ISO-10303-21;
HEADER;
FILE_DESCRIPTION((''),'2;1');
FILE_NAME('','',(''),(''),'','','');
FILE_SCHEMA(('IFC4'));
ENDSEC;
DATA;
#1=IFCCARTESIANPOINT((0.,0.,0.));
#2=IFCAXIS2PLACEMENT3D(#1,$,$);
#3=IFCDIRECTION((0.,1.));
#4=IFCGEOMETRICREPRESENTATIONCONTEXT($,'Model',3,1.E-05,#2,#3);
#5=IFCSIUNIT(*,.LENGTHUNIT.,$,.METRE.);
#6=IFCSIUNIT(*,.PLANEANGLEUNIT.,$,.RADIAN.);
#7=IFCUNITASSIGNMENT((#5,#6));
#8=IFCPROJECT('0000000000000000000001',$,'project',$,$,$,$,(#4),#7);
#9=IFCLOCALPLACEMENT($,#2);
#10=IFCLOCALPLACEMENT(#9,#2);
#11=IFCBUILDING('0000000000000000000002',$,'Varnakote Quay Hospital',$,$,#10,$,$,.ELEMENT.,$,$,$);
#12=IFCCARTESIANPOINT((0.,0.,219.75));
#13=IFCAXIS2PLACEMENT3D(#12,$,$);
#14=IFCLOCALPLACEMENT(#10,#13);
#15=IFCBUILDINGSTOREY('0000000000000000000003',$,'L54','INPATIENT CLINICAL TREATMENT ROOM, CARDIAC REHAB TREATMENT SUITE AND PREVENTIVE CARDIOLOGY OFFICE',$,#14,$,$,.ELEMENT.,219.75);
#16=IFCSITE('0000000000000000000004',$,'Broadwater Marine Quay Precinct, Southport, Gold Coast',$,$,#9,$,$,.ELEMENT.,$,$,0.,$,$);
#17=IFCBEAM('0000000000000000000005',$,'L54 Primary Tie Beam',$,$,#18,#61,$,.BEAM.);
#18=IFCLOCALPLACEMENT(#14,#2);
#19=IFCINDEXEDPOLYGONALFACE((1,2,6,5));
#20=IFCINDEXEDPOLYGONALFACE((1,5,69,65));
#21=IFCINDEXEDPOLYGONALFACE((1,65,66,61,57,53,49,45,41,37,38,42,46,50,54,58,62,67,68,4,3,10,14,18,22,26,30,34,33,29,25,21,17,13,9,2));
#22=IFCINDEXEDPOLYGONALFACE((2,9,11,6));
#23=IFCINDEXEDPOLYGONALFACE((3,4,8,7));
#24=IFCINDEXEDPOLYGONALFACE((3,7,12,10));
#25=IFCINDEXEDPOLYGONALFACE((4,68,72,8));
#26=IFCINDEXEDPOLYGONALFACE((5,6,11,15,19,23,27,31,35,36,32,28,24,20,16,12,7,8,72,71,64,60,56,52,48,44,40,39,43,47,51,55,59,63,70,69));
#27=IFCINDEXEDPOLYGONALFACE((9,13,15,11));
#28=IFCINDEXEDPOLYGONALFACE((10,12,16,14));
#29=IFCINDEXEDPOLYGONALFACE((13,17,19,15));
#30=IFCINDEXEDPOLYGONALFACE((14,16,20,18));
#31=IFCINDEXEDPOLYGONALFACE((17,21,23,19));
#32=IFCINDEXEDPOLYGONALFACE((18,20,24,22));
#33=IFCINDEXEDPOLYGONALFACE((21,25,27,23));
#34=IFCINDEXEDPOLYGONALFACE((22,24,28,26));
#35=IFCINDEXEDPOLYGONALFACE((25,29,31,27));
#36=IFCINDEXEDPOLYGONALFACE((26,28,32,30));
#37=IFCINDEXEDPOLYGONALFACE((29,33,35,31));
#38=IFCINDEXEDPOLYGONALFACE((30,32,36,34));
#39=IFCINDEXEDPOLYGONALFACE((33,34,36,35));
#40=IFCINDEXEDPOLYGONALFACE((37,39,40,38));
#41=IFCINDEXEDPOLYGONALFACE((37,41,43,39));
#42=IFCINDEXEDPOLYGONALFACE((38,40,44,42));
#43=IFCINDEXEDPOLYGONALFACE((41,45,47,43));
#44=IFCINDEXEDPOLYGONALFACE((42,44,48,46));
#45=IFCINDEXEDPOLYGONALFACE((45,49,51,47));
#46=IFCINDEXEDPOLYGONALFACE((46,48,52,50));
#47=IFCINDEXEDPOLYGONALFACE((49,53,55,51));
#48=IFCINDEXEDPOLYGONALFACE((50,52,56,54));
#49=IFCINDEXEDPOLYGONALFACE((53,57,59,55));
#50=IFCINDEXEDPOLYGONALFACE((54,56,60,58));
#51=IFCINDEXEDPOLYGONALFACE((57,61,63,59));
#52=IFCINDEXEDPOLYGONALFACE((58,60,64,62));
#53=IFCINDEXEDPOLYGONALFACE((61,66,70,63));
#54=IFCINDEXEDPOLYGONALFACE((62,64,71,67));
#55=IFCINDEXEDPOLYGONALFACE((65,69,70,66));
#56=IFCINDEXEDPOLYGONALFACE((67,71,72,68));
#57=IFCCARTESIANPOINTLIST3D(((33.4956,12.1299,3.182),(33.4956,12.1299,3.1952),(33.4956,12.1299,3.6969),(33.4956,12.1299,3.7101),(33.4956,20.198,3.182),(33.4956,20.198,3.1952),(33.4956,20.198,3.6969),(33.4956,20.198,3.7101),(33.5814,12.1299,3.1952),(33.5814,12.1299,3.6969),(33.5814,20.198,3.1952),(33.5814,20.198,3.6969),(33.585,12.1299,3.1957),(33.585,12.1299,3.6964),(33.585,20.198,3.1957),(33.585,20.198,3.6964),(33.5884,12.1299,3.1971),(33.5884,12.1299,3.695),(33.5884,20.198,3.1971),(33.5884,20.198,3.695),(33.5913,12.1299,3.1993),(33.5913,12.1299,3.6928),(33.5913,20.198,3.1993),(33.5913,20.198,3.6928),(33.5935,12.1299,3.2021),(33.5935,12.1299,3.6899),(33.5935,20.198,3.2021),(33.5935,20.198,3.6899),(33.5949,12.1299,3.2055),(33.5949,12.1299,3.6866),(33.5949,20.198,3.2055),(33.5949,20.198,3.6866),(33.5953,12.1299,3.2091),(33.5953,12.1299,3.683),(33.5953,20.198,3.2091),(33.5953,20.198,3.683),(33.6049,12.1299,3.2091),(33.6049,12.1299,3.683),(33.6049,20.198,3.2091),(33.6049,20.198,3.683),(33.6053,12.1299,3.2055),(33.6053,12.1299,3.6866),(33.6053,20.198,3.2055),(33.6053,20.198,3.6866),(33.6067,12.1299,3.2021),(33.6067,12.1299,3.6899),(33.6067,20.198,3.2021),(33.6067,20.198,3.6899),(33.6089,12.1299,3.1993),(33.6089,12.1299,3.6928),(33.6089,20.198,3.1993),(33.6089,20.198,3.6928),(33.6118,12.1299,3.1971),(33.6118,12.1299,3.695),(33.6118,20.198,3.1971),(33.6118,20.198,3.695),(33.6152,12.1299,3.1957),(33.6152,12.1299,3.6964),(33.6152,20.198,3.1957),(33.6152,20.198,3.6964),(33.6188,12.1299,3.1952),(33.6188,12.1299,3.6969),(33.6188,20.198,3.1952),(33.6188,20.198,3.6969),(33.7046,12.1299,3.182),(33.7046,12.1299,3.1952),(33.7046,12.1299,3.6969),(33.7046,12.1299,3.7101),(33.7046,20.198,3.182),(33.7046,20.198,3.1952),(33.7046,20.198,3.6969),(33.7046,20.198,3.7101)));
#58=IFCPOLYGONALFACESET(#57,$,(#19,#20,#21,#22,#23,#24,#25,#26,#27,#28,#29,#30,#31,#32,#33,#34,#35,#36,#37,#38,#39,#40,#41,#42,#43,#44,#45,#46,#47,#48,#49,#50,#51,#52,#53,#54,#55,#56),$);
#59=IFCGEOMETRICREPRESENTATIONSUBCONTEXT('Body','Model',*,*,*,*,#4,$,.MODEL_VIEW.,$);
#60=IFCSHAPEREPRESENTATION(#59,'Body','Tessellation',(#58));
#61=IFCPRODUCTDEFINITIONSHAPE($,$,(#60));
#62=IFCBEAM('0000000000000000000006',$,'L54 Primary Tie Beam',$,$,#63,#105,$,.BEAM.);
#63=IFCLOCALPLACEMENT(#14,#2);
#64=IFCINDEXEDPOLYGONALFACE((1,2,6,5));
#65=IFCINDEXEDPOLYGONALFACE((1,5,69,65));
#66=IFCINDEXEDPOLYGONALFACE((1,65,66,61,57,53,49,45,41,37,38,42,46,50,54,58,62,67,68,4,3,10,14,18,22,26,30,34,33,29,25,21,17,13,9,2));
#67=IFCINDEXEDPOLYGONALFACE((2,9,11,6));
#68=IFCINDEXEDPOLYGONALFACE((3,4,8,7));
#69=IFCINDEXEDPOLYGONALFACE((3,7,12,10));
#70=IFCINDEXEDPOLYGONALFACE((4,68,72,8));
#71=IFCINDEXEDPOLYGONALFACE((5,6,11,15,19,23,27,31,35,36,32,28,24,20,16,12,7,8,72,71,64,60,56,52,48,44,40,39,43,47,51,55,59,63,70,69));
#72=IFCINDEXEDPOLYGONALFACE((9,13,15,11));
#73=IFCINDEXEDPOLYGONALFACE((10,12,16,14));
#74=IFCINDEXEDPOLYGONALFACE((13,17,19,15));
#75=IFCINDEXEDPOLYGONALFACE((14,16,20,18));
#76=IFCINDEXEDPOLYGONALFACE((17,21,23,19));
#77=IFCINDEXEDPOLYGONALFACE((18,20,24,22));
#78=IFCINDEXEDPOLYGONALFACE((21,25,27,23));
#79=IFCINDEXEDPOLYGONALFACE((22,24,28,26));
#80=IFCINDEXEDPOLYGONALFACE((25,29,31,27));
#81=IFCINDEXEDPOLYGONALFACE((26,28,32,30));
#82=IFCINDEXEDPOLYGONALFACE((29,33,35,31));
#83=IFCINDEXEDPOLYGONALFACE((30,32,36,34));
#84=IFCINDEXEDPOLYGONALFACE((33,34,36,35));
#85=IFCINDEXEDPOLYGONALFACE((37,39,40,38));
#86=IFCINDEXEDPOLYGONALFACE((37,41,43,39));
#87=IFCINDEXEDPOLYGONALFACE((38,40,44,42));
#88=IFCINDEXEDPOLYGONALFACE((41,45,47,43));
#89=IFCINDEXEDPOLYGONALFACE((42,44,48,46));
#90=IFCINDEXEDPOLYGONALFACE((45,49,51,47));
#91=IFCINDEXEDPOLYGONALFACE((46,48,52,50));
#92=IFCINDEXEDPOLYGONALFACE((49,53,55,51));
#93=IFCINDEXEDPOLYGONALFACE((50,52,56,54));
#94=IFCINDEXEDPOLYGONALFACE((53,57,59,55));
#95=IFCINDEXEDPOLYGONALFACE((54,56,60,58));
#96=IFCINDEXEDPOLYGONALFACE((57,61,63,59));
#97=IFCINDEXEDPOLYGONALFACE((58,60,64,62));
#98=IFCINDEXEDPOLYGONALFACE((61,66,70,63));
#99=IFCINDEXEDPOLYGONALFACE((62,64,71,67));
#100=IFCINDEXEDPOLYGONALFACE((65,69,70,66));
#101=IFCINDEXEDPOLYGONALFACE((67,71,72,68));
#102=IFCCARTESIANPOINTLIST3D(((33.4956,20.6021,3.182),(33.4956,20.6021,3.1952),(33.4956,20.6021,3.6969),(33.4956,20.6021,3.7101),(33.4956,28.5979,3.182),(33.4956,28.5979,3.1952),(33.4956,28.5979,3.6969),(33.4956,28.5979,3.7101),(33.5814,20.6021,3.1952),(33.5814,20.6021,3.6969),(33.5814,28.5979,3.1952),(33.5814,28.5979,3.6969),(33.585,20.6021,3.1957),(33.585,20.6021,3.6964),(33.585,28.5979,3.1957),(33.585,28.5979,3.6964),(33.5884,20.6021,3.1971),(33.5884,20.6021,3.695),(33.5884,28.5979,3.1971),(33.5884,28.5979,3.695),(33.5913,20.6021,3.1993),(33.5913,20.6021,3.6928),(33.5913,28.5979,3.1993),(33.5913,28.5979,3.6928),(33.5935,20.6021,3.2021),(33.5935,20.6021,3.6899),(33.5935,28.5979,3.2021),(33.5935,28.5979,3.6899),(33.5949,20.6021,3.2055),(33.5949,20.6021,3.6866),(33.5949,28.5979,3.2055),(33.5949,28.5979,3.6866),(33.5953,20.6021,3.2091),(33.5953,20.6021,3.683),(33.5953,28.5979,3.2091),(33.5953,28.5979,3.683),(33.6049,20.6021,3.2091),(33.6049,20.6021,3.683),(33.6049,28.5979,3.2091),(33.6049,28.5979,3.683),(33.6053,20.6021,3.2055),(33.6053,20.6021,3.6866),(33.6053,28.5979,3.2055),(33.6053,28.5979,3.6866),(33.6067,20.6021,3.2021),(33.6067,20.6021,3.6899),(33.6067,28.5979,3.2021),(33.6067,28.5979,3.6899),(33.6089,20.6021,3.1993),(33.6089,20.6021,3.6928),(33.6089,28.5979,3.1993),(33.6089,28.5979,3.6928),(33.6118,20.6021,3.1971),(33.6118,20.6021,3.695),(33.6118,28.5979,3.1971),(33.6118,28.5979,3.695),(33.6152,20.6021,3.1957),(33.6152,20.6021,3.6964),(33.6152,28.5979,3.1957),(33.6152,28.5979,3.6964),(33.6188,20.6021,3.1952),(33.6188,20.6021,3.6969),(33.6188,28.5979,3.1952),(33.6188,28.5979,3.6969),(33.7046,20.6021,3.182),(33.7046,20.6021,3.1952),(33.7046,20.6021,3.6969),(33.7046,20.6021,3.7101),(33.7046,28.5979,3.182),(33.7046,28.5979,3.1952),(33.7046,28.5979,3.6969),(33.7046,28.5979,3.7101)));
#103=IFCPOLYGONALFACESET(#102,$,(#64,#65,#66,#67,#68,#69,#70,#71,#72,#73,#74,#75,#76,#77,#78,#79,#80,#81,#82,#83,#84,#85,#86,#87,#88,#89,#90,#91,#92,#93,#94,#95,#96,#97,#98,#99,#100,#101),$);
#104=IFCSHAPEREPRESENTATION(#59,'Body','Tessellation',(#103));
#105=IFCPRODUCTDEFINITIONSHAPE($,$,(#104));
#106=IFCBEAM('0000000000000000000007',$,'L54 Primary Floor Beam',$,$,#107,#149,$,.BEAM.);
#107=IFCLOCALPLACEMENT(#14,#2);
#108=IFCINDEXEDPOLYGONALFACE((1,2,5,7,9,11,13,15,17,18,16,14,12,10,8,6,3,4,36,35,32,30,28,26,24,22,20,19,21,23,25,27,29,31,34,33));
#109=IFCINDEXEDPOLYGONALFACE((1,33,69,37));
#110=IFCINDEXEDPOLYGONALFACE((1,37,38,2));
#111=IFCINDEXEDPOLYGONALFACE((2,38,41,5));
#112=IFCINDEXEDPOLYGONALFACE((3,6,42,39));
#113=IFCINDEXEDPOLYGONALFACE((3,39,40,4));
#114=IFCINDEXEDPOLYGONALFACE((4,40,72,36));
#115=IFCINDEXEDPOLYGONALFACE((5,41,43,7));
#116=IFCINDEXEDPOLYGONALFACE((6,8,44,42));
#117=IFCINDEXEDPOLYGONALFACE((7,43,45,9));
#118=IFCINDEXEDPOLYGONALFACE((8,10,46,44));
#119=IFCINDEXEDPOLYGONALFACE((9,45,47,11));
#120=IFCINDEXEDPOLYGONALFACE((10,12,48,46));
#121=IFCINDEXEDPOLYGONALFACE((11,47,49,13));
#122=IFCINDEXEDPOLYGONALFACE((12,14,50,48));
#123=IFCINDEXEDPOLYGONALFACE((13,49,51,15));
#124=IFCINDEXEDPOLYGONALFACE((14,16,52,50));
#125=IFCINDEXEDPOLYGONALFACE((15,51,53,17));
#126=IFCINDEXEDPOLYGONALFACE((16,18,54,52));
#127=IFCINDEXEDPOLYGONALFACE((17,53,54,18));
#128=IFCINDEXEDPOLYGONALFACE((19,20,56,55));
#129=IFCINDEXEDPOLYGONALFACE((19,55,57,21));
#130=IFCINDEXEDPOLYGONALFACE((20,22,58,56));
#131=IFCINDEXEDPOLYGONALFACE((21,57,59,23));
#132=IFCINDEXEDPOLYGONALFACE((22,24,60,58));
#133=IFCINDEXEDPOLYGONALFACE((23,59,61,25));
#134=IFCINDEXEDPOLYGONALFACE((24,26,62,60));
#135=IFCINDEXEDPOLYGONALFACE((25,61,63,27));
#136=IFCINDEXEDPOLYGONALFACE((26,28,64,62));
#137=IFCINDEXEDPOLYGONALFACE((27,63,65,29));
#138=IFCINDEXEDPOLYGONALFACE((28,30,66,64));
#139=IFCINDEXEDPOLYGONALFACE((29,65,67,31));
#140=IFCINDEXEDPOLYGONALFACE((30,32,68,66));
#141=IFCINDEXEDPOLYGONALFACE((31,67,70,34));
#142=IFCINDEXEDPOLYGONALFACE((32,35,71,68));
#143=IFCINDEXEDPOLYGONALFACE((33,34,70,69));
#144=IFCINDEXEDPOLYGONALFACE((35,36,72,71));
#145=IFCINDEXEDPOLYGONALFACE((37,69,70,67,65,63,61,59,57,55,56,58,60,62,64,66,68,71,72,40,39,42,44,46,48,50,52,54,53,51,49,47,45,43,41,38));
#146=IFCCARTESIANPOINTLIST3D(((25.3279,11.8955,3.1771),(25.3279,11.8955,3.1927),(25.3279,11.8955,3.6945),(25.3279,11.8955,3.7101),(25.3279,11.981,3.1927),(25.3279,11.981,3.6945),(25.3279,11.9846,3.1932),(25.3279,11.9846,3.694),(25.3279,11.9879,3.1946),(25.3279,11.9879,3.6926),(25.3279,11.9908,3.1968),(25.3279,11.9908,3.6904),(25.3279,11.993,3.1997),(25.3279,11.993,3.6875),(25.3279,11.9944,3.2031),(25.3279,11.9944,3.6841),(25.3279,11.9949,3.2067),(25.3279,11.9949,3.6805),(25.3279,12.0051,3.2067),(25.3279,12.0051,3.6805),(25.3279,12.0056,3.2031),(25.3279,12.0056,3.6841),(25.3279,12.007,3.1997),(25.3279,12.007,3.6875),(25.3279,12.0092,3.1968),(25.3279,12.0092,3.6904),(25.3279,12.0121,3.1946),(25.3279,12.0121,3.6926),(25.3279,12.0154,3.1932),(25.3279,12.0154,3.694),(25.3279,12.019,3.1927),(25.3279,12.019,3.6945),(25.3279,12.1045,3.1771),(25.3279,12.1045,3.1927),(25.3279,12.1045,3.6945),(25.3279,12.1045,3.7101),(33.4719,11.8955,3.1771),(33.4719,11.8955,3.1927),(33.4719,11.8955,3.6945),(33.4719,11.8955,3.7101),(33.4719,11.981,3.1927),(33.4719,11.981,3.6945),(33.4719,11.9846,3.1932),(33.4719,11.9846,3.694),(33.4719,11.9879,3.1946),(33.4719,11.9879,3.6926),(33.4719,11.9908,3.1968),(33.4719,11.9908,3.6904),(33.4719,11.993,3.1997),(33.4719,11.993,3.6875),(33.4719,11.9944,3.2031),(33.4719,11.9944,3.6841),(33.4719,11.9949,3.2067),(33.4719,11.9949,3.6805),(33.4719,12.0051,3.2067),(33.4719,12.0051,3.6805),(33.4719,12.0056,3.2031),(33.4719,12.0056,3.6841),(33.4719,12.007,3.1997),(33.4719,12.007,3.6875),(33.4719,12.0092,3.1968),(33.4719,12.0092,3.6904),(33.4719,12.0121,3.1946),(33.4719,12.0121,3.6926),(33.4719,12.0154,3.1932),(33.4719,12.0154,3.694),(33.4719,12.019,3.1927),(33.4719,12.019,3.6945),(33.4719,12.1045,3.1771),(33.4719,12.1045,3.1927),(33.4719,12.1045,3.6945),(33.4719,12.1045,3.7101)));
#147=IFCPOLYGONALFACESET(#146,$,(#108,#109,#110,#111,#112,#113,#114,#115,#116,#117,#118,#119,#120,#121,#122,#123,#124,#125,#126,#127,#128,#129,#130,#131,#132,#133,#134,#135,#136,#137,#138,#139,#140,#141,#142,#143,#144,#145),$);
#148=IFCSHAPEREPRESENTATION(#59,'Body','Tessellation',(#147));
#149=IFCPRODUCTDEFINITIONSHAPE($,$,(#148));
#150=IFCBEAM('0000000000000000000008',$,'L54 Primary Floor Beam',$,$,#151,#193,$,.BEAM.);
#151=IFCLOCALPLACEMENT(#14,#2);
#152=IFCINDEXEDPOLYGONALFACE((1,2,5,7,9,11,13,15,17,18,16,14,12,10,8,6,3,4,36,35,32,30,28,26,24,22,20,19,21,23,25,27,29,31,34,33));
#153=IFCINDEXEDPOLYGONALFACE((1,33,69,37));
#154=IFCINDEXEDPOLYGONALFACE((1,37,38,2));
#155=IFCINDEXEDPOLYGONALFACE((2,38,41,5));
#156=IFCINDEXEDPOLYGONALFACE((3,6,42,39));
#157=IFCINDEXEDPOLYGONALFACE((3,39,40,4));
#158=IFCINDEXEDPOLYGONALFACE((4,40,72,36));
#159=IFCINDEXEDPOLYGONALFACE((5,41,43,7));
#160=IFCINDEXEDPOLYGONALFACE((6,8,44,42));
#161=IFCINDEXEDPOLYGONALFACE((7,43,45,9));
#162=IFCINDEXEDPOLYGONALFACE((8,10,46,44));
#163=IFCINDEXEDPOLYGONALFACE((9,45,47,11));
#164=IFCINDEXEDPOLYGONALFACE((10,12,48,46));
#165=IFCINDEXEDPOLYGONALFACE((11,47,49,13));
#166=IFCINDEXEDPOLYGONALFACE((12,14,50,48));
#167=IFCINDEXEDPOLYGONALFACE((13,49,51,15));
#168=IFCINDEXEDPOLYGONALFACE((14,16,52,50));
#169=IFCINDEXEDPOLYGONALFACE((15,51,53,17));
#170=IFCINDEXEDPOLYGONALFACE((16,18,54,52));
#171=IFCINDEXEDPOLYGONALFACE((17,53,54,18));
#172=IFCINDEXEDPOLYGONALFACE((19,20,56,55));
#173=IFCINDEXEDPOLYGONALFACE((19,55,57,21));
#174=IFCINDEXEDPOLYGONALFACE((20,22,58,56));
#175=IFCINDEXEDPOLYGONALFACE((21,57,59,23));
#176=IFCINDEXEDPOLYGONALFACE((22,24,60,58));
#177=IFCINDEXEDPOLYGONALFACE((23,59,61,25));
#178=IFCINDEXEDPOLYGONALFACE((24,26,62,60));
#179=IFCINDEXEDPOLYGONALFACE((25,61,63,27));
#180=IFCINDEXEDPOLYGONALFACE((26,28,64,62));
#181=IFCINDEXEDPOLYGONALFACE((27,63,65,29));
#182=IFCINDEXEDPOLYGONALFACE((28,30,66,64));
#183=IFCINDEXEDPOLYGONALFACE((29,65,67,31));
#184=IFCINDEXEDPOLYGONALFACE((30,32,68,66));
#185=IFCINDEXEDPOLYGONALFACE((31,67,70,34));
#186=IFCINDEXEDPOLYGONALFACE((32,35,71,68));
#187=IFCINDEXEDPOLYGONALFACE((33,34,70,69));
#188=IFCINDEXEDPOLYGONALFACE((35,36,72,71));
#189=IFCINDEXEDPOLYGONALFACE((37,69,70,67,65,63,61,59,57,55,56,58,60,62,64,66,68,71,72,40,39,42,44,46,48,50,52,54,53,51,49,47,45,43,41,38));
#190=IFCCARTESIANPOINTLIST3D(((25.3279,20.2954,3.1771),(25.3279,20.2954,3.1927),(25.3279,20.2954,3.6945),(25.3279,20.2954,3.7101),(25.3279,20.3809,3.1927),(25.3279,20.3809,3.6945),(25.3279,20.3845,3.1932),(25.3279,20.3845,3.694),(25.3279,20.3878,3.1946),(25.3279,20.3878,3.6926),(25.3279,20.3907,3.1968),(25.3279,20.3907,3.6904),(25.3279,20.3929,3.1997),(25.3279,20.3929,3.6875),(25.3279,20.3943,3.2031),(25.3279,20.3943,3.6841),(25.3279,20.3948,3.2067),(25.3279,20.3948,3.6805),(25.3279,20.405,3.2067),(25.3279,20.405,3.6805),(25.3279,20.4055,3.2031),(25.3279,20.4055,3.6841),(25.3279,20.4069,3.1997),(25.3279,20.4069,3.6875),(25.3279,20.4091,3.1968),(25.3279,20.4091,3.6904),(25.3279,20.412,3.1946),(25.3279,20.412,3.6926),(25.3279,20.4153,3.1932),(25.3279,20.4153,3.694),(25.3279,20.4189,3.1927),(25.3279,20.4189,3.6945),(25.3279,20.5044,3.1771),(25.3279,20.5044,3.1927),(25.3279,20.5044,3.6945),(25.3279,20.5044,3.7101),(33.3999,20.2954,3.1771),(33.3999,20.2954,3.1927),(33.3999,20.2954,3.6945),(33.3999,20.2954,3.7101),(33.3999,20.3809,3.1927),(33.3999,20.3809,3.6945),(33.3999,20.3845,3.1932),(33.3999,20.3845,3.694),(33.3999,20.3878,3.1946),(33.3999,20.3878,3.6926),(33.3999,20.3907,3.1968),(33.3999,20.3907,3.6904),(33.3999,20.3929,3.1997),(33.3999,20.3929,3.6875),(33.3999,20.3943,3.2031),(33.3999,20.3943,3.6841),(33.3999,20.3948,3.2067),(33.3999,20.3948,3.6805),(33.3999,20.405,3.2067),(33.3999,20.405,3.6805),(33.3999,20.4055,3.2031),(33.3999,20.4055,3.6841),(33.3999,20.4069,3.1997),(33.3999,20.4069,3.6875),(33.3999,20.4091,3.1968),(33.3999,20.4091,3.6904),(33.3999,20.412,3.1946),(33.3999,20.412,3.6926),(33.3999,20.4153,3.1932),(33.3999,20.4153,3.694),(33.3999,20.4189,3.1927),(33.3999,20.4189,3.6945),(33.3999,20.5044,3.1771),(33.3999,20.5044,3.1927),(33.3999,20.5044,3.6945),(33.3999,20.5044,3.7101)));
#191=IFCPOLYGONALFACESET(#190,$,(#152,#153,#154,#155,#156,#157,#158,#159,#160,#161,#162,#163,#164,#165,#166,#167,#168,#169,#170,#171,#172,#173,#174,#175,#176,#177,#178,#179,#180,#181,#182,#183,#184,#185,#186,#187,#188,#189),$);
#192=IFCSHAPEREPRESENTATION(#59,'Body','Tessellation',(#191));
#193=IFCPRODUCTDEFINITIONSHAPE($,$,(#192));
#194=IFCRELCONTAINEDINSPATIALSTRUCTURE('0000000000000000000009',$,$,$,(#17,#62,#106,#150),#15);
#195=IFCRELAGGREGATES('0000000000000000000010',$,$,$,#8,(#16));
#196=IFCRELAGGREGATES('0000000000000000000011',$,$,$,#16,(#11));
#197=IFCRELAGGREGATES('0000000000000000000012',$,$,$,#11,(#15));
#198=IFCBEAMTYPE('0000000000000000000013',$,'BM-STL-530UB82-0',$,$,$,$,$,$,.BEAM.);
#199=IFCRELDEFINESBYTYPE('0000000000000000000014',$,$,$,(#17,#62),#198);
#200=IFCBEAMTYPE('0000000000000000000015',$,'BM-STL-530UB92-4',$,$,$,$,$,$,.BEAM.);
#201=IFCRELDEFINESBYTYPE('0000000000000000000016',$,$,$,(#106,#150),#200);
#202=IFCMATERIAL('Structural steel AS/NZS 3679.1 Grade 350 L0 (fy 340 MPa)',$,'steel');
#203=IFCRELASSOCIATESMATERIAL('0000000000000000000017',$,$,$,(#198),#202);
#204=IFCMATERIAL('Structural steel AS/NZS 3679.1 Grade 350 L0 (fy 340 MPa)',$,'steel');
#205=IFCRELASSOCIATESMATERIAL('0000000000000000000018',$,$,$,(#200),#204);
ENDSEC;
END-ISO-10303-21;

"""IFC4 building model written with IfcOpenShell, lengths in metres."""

from ifc_helpers import new_model, si_unit, direction, frame, origin, origin_2d, place, context, subcontext, project, spatial, i_section, extrude, material, material_profile, profile_set, type_object, element, save


model = new_model("IFC4")

# Units and contexts
model_context = context("Model", 3, precision=1e-05, world=origin(), true_north=direction((0.0, 1.0)))
body_context = subcontext(model_context, "Body", "Model", "MODEL_VIEW")
ifc_project = project(units=[si_unit("LENGTHUNIT", "METRE"), si_unit("PLANEANGLEUNIT", "RADIAN")], contexts=[model_context])

# Site, building, storey
site_placement = place(None, origin())
site = spatial("IfcSite", under=ifc_project, at=site_placement, Name="Broadwater Marine Quay Precinct, Southport, Gold Coast", CompositionType="ELEMENT", RefElevation=0.0)
building_placement = place(site_placement, origin())
building = spatial("IfcBuilding", under=site, at=building_placement, Name="Varnakote Quay Hospital", CompositionType="ELEMENT")
storey_placement = place(building_placement, frame((0.0, 0.0, 219.75)))
storey = spatial("IfcBuildingStorey", under=building, at=storey_placement, Name="L54", Description="INPATIENT CLINICAL TREATMENT ROOM, CARDIAC REHAB TREATMENT SUITE AND PREVENTIVE CARDIOLOGY OFFICE", CompositionType="ELEMENT", Elevation=219.75)

# Beams
ifc_material_1 = material(Name="Structural steel AS/NZS 3679.1 Grade 350 L0 (fy 340 MPa)", Category="steel")
ifc_material_profile_1 = material_profile(ifc_material_1, i_section(OverallWidth=0.209, OverallDepth=0.5281, WebThickness=0.0095, FlangeThickness=0.0132, FilletRadius=0.0139, at=origin_2d()), Name="530UB82.0")
ifc_profile_set_1 = profile_set([ifc_material_profile_1], Name="Structural steel AS/NZS 3679.1 Grade 350 L0 (fy 340 MPa)")
beam_type_1 = type_object("IfcBeamType", Name="BM-STL-530UB82-0", PredefinedType="BEAM", material=ifc_profile_set_1)
beam_1_placement = place(storey_placement, frame((33.6001, 12.1299, 3.446), z_axis=(0.0, 1.0, 0.0), x_axis=(-1.0, 0.0, 0.0)))
element("IfcBeam", 1, at=beam_1_placement, inside=storey, type_object=beam_type_1, Name="L54 Primary Tie Beam", PredefinedType="BEAM", context=body_context, shape_type="SweptSolid", body=[
    extrude(i_section(OverallWidth=0.209, OverallDepth=0.5281, WebThickness=0.0095, FlangeThickness=0.0132, FilletRadius=0.0139, at=origin_2d()), origin(), (0.0, 0.0, 1.0), 8.0681),
])
beam_2_placement = place(storey_placement, frame((33.6001, 20.6021, 3.446), z_axis=(0.0, 1.0, 0.0), x_axis=(-1.0, 0.0, 0.0)))
element("IfcBeam", 2, at=beam_2_placement, inside=storey, type_object=beam_type_1, Name="L54 Primary Tie Beam", PredefinedType="BEAM", context=body_context, shape_type="SweptSolid", body=[
    extrude(i_section(OverallWidth=0.209, OverallDepth=0.5281, WebThickness=0.0095, FlangeThickness=0.0132, FilletRadius=0.0139, at=origin_2d()), origin(), (0.0, 0.0, 1.0), 7.9958),
])
ifc_material_2 = material(Name="Structural steel AS/NZS 3679.1 Grade 350 L0 (fy 340 MPa)", Category="steel")
ifc_material_profile_2 = material_profile(ifc_material_2, i_section(OverallWidth=0.209, OverallDepth=0.533, WebThickness=0.0103, FlangeThickness=0.0156, FilletRadius=0.0139, at=origin_2d()), Name="530UB92.4")
ifc_profile_set_2 = profile_set([ifc_material_profile_2], Name="Structural steel AS/NZS 3679.1 Grade 350 L0 (fy 340 MPa)")
beam_type_2 = type_object("IfcBeamType", Name="BM-STL-530UB92-4", PredefinedType="BEAM", material=ifc_profile_set_2)
beam_3_placement = place(storey_placement, frame((25.3279, 12.0, 3.4436), z_axis=(1.0, 0.0, 0.0), x_axis=(0.0, 1.0, 0.0)))
element("IfcBeam", 3, at=beam_3_placement, inside=storey, type_object=beam_type_2, Name="L54 Primary Floor Beam", PredefinedType="BEAM", context=body_context, shape_type="SweptSolid", body=[
    extrude(i_section(OverallWidth=0.209, OverallDepth=0.533, WebThickness=0.0103, FlangeThickness=0.0156, FilletRadius=0.0139, at=origin_2d()), origin(), (0.0, 0.0, 1.0), 8.144),
])
beam_4_placement = place(storey_placement, frame((25.3279, 20.3999, 3.4436), z_axis=(1.0, 0.0, 0.0), x_axis=(0.0, 1.0, 0.0)))
element("IfcBeam", 4, at=beam_4_placement, inside=storey, type_object=beam_type_2, Name="L54 Primary Floor Beam", PredefinedType="BEAM", context=body_context, shape_type="SweptSolid", body=[
    extrude(i_section(OverallWidth=0.209, OverallDepth=0.533, WebThickness=0.0103, FlangeThickness=0.0156, FilletRadius=0.0139, at=origin_2d()), origin(), (0.0, 0.0, 1.0), 8.072),
])

save(model, "model.ifc")
